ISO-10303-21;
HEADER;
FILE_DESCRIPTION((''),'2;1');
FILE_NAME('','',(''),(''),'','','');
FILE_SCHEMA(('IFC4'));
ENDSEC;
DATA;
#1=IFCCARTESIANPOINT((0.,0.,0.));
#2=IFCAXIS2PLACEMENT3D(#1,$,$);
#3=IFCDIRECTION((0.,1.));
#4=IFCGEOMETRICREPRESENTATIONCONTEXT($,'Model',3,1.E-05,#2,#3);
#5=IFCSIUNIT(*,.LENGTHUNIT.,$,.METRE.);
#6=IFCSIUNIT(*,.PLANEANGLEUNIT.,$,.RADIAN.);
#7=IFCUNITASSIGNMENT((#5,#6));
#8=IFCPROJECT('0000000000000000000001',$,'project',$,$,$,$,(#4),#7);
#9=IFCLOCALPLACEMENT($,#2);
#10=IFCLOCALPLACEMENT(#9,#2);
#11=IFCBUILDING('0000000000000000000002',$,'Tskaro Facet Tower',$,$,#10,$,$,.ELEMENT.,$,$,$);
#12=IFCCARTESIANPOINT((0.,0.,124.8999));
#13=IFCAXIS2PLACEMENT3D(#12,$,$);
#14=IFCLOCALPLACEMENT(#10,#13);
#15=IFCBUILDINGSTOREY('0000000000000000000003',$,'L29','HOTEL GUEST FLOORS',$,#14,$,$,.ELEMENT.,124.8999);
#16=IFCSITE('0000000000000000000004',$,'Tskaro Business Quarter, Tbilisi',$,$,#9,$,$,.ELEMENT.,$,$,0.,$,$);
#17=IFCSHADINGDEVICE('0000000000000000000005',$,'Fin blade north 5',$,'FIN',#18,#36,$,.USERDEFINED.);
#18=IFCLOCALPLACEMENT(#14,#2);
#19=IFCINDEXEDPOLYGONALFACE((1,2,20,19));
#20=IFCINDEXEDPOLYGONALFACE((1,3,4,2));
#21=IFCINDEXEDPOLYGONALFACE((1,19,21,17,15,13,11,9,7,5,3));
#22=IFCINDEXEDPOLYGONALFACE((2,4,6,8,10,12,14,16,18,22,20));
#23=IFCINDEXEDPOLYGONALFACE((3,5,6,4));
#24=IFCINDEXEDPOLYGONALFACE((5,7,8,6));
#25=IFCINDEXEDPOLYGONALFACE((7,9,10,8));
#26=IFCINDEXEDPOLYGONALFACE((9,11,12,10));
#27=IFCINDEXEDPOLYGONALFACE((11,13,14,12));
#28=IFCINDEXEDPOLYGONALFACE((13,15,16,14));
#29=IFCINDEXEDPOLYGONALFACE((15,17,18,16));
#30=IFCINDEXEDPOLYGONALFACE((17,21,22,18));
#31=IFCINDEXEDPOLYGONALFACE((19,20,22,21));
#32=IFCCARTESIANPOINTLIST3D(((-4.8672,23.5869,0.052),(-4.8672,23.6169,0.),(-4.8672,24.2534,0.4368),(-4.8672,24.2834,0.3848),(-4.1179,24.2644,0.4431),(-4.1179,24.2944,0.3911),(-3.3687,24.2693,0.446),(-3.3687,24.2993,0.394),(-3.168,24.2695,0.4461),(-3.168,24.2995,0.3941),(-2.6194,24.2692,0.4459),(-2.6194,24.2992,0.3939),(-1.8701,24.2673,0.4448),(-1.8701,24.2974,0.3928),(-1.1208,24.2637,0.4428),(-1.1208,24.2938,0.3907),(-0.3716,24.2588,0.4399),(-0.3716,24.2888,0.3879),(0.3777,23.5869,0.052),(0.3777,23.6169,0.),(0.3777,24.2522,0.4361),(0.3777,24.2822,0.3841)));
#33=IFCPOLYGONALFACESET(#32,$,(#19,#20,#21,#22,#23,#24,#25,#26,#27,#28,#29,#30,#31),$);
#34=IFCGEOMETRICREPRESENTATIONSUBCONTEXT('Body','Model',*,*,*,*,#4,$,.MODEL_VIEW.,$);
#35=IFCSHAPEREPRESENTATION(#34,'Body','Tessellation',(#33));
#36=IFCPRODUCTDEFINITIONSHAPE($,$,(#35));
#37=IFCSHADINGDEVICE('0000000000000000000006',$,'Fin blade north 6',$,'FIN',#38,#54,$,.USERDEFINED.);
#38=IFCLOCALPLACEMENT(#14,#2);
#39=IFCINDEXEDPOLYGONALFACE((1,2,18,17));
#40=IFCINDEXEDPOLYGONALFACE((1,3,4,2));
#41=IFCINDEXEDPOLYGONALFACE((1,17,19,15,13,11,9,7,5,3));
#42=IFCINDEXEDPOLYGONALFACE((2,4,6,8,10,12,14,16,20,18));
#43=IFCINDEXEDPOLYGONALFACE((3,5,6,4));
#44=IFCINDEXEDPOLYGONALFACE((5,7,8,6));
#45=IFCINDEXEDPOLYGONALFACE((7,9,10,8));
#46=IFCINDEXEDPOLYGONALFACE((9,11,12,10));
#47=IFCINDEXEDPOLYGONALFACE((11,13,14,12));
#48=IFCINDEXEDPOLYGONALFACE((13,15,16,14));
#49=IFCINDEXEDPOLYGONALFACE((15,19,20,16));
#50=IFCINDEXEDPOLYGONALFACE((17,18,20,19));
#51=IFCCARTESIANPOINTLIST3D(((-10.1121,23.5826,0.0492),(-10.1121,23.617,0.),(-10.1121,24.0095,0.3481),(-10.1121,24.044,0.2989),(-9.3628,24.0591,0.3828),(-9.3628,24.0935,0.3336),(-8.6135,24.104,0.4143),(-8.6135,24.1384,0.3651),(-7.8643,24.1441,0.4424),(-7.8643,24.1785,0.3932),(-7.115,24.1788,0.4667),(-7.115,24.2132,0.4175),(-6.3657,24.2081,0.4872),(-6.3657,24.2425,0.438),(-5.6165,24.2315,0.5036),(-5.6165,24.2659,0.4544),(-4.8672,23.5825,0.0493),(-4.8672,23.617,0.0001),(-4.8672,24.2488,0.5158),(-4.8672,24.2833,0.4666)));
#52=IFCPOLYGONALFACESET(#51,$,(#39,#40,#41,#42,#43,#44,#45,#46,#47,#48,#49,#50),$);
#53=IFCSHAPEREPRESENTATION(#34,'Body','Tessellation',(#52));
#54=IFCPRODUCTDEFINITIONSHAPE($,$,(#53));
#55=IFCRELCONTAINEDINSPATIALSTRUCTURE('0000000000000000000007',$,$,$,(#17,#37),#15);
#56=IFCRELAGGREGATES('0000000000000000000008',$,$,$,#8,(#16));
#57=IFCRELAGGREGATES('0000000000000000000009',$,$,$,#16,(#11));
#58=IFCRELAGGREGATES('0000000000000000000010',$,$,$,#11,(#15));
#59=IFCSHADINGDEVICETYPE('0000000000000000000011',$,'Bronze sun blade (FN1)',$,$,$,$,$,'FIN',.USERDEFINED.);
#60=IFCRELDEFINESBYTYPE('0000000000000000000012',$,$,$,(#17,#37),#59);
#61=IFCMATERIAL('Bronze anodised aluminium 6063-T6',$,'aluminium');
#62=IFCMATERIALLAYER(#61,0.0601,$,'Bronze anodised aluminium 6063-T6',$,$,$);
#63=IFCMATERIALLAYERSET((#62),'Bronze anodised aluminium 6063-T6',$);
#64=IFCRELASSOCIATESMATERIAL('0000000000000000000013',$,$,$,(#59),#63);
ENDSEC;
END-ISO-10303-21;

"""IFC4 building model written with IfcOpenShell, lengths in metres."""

from ifc_helpers import new_model, si_unit, direction, frame, origin, place, context, subcontext, project, spatial, polyline, outline, extrude, material, layer, layer_set, type_object, element, save


model = new_model("IFC4")

# Units and contexts
model_context = context("Model", 3, precision=1e-05, world=origin(), true_north=direction((0.0, 1.0)))
body_context = subcontext(model_context, "Body", "Model", "MODEL_VIEW")
ifc_project = project(units=[si_unit("LENGTHUNIT", "METRE"), si_unit("PLANEANGLEUNIT", "RADIAN")], contexts=[model_context])

# Site, building, storey
site_placement = place(None, origin())
site = spatial("IfcSite", under=ifc_project, at=site_placement, Name="Tskaro Business Quarter, Tbilisi", CompositionType="ELEMENT", RefElevation=0.0)
building_placement = place(site_placement, origin())
building = spatial("IfcBuilding", under=site, at=building_placement, Name="Tskaro Facet Tower", CompositionType="ELEMENT")
storey_placement = place(building_placement, frame((0.0, 0.0, 124.8999)))
storey = spatial("IfcBuildingStorey", under=building, at=storey_placement, Name="L29", Description="HOTEL GUEST FLOORS", CompositionType="ELEMENT", Elevation=124.8999)

# Shared definitions
ifc_material_1 = material(Name="Bronze anodised aluminium 6063-T6", Category="aluminium")

# Shading devices
ifc_layer_1 = layer(ifc_material_1, 0.0601, Name="Bronze anodised aluminium 6063-T6")
ifc_layer_set_1 = layer_set([ifc_layer_1], Name="Bronze anodised aluminium 6063-T6")
shading_device_type = type_object("IfcShadingDeviceType", Name="Bronze sun blade (FN1)", ElementType="FIN", PredefinedType="USERDEFINED", material=ifc_layer_set_1)
shading_device_1_placement = place(storey_placement, frame((0.3777, 23.5869, 0.052), z_axis=(0.000002, -0.499991, 0.866031), x_axis=(-1.0, -0.000001, 0.000002)))
element("IfcShadingDevice", 1, at=shading_device_1_placement, inside=storey, type_object=shading_device_type, Name="Fin blade north 5", ObjectType="FIN", PredefinedType="USERDEFINED", context=body_context, shape_type="SweptSolid", body=[
    extrude(outline(polyline([(0.0, 0.0), (5.2449, 0.0), (5.2449, -0.7696), (4.4956, -0.7823), (3.7463, -0.788), (3.5457, -0.7882), (2.9971, -0.7879), (2.2478, -0.7857), (1.4985, -0.7815), (0.7493, -0.7758), (0.0, -0.7682), (0.0, 0.0)])), origin(), (0.0, 0.0, -1.0), 0.0601),
])
shading_device_2_placement = place(storey_placement, frame((-4.8672, 23.5825, 0.0493), z_axis=(-0.000019, -0.573503, 0.819204), x_axis=(-1.0, 0.000011, -0.000016)))
element("IfcShadingDevice", 2, at=shading_device_2_placement, inside=storey, type_object=shading_device_type, Name="Fin blade north 6", ObjectType="FIN", PredefinedType="USERDEFINED", context=body_context, shape_type="SweptSolid", body=[
    extrude(outline(polyline([(0.0, 0.0), (5.2449, 0.0), (5.2449, -0.5212), (4.4956, -0.5817), (3.7463, -0.6365), (2.9971, -0.6854), (2.2478, -0.7278), (1.4985, -0.7636), (0.7493, -0.7922), (0.0, -0.8134), (0.0, 0.0)])), origin(), (0.0, 0.0, -1.0), 0.0601),
])

save(model, "model.ifc")
